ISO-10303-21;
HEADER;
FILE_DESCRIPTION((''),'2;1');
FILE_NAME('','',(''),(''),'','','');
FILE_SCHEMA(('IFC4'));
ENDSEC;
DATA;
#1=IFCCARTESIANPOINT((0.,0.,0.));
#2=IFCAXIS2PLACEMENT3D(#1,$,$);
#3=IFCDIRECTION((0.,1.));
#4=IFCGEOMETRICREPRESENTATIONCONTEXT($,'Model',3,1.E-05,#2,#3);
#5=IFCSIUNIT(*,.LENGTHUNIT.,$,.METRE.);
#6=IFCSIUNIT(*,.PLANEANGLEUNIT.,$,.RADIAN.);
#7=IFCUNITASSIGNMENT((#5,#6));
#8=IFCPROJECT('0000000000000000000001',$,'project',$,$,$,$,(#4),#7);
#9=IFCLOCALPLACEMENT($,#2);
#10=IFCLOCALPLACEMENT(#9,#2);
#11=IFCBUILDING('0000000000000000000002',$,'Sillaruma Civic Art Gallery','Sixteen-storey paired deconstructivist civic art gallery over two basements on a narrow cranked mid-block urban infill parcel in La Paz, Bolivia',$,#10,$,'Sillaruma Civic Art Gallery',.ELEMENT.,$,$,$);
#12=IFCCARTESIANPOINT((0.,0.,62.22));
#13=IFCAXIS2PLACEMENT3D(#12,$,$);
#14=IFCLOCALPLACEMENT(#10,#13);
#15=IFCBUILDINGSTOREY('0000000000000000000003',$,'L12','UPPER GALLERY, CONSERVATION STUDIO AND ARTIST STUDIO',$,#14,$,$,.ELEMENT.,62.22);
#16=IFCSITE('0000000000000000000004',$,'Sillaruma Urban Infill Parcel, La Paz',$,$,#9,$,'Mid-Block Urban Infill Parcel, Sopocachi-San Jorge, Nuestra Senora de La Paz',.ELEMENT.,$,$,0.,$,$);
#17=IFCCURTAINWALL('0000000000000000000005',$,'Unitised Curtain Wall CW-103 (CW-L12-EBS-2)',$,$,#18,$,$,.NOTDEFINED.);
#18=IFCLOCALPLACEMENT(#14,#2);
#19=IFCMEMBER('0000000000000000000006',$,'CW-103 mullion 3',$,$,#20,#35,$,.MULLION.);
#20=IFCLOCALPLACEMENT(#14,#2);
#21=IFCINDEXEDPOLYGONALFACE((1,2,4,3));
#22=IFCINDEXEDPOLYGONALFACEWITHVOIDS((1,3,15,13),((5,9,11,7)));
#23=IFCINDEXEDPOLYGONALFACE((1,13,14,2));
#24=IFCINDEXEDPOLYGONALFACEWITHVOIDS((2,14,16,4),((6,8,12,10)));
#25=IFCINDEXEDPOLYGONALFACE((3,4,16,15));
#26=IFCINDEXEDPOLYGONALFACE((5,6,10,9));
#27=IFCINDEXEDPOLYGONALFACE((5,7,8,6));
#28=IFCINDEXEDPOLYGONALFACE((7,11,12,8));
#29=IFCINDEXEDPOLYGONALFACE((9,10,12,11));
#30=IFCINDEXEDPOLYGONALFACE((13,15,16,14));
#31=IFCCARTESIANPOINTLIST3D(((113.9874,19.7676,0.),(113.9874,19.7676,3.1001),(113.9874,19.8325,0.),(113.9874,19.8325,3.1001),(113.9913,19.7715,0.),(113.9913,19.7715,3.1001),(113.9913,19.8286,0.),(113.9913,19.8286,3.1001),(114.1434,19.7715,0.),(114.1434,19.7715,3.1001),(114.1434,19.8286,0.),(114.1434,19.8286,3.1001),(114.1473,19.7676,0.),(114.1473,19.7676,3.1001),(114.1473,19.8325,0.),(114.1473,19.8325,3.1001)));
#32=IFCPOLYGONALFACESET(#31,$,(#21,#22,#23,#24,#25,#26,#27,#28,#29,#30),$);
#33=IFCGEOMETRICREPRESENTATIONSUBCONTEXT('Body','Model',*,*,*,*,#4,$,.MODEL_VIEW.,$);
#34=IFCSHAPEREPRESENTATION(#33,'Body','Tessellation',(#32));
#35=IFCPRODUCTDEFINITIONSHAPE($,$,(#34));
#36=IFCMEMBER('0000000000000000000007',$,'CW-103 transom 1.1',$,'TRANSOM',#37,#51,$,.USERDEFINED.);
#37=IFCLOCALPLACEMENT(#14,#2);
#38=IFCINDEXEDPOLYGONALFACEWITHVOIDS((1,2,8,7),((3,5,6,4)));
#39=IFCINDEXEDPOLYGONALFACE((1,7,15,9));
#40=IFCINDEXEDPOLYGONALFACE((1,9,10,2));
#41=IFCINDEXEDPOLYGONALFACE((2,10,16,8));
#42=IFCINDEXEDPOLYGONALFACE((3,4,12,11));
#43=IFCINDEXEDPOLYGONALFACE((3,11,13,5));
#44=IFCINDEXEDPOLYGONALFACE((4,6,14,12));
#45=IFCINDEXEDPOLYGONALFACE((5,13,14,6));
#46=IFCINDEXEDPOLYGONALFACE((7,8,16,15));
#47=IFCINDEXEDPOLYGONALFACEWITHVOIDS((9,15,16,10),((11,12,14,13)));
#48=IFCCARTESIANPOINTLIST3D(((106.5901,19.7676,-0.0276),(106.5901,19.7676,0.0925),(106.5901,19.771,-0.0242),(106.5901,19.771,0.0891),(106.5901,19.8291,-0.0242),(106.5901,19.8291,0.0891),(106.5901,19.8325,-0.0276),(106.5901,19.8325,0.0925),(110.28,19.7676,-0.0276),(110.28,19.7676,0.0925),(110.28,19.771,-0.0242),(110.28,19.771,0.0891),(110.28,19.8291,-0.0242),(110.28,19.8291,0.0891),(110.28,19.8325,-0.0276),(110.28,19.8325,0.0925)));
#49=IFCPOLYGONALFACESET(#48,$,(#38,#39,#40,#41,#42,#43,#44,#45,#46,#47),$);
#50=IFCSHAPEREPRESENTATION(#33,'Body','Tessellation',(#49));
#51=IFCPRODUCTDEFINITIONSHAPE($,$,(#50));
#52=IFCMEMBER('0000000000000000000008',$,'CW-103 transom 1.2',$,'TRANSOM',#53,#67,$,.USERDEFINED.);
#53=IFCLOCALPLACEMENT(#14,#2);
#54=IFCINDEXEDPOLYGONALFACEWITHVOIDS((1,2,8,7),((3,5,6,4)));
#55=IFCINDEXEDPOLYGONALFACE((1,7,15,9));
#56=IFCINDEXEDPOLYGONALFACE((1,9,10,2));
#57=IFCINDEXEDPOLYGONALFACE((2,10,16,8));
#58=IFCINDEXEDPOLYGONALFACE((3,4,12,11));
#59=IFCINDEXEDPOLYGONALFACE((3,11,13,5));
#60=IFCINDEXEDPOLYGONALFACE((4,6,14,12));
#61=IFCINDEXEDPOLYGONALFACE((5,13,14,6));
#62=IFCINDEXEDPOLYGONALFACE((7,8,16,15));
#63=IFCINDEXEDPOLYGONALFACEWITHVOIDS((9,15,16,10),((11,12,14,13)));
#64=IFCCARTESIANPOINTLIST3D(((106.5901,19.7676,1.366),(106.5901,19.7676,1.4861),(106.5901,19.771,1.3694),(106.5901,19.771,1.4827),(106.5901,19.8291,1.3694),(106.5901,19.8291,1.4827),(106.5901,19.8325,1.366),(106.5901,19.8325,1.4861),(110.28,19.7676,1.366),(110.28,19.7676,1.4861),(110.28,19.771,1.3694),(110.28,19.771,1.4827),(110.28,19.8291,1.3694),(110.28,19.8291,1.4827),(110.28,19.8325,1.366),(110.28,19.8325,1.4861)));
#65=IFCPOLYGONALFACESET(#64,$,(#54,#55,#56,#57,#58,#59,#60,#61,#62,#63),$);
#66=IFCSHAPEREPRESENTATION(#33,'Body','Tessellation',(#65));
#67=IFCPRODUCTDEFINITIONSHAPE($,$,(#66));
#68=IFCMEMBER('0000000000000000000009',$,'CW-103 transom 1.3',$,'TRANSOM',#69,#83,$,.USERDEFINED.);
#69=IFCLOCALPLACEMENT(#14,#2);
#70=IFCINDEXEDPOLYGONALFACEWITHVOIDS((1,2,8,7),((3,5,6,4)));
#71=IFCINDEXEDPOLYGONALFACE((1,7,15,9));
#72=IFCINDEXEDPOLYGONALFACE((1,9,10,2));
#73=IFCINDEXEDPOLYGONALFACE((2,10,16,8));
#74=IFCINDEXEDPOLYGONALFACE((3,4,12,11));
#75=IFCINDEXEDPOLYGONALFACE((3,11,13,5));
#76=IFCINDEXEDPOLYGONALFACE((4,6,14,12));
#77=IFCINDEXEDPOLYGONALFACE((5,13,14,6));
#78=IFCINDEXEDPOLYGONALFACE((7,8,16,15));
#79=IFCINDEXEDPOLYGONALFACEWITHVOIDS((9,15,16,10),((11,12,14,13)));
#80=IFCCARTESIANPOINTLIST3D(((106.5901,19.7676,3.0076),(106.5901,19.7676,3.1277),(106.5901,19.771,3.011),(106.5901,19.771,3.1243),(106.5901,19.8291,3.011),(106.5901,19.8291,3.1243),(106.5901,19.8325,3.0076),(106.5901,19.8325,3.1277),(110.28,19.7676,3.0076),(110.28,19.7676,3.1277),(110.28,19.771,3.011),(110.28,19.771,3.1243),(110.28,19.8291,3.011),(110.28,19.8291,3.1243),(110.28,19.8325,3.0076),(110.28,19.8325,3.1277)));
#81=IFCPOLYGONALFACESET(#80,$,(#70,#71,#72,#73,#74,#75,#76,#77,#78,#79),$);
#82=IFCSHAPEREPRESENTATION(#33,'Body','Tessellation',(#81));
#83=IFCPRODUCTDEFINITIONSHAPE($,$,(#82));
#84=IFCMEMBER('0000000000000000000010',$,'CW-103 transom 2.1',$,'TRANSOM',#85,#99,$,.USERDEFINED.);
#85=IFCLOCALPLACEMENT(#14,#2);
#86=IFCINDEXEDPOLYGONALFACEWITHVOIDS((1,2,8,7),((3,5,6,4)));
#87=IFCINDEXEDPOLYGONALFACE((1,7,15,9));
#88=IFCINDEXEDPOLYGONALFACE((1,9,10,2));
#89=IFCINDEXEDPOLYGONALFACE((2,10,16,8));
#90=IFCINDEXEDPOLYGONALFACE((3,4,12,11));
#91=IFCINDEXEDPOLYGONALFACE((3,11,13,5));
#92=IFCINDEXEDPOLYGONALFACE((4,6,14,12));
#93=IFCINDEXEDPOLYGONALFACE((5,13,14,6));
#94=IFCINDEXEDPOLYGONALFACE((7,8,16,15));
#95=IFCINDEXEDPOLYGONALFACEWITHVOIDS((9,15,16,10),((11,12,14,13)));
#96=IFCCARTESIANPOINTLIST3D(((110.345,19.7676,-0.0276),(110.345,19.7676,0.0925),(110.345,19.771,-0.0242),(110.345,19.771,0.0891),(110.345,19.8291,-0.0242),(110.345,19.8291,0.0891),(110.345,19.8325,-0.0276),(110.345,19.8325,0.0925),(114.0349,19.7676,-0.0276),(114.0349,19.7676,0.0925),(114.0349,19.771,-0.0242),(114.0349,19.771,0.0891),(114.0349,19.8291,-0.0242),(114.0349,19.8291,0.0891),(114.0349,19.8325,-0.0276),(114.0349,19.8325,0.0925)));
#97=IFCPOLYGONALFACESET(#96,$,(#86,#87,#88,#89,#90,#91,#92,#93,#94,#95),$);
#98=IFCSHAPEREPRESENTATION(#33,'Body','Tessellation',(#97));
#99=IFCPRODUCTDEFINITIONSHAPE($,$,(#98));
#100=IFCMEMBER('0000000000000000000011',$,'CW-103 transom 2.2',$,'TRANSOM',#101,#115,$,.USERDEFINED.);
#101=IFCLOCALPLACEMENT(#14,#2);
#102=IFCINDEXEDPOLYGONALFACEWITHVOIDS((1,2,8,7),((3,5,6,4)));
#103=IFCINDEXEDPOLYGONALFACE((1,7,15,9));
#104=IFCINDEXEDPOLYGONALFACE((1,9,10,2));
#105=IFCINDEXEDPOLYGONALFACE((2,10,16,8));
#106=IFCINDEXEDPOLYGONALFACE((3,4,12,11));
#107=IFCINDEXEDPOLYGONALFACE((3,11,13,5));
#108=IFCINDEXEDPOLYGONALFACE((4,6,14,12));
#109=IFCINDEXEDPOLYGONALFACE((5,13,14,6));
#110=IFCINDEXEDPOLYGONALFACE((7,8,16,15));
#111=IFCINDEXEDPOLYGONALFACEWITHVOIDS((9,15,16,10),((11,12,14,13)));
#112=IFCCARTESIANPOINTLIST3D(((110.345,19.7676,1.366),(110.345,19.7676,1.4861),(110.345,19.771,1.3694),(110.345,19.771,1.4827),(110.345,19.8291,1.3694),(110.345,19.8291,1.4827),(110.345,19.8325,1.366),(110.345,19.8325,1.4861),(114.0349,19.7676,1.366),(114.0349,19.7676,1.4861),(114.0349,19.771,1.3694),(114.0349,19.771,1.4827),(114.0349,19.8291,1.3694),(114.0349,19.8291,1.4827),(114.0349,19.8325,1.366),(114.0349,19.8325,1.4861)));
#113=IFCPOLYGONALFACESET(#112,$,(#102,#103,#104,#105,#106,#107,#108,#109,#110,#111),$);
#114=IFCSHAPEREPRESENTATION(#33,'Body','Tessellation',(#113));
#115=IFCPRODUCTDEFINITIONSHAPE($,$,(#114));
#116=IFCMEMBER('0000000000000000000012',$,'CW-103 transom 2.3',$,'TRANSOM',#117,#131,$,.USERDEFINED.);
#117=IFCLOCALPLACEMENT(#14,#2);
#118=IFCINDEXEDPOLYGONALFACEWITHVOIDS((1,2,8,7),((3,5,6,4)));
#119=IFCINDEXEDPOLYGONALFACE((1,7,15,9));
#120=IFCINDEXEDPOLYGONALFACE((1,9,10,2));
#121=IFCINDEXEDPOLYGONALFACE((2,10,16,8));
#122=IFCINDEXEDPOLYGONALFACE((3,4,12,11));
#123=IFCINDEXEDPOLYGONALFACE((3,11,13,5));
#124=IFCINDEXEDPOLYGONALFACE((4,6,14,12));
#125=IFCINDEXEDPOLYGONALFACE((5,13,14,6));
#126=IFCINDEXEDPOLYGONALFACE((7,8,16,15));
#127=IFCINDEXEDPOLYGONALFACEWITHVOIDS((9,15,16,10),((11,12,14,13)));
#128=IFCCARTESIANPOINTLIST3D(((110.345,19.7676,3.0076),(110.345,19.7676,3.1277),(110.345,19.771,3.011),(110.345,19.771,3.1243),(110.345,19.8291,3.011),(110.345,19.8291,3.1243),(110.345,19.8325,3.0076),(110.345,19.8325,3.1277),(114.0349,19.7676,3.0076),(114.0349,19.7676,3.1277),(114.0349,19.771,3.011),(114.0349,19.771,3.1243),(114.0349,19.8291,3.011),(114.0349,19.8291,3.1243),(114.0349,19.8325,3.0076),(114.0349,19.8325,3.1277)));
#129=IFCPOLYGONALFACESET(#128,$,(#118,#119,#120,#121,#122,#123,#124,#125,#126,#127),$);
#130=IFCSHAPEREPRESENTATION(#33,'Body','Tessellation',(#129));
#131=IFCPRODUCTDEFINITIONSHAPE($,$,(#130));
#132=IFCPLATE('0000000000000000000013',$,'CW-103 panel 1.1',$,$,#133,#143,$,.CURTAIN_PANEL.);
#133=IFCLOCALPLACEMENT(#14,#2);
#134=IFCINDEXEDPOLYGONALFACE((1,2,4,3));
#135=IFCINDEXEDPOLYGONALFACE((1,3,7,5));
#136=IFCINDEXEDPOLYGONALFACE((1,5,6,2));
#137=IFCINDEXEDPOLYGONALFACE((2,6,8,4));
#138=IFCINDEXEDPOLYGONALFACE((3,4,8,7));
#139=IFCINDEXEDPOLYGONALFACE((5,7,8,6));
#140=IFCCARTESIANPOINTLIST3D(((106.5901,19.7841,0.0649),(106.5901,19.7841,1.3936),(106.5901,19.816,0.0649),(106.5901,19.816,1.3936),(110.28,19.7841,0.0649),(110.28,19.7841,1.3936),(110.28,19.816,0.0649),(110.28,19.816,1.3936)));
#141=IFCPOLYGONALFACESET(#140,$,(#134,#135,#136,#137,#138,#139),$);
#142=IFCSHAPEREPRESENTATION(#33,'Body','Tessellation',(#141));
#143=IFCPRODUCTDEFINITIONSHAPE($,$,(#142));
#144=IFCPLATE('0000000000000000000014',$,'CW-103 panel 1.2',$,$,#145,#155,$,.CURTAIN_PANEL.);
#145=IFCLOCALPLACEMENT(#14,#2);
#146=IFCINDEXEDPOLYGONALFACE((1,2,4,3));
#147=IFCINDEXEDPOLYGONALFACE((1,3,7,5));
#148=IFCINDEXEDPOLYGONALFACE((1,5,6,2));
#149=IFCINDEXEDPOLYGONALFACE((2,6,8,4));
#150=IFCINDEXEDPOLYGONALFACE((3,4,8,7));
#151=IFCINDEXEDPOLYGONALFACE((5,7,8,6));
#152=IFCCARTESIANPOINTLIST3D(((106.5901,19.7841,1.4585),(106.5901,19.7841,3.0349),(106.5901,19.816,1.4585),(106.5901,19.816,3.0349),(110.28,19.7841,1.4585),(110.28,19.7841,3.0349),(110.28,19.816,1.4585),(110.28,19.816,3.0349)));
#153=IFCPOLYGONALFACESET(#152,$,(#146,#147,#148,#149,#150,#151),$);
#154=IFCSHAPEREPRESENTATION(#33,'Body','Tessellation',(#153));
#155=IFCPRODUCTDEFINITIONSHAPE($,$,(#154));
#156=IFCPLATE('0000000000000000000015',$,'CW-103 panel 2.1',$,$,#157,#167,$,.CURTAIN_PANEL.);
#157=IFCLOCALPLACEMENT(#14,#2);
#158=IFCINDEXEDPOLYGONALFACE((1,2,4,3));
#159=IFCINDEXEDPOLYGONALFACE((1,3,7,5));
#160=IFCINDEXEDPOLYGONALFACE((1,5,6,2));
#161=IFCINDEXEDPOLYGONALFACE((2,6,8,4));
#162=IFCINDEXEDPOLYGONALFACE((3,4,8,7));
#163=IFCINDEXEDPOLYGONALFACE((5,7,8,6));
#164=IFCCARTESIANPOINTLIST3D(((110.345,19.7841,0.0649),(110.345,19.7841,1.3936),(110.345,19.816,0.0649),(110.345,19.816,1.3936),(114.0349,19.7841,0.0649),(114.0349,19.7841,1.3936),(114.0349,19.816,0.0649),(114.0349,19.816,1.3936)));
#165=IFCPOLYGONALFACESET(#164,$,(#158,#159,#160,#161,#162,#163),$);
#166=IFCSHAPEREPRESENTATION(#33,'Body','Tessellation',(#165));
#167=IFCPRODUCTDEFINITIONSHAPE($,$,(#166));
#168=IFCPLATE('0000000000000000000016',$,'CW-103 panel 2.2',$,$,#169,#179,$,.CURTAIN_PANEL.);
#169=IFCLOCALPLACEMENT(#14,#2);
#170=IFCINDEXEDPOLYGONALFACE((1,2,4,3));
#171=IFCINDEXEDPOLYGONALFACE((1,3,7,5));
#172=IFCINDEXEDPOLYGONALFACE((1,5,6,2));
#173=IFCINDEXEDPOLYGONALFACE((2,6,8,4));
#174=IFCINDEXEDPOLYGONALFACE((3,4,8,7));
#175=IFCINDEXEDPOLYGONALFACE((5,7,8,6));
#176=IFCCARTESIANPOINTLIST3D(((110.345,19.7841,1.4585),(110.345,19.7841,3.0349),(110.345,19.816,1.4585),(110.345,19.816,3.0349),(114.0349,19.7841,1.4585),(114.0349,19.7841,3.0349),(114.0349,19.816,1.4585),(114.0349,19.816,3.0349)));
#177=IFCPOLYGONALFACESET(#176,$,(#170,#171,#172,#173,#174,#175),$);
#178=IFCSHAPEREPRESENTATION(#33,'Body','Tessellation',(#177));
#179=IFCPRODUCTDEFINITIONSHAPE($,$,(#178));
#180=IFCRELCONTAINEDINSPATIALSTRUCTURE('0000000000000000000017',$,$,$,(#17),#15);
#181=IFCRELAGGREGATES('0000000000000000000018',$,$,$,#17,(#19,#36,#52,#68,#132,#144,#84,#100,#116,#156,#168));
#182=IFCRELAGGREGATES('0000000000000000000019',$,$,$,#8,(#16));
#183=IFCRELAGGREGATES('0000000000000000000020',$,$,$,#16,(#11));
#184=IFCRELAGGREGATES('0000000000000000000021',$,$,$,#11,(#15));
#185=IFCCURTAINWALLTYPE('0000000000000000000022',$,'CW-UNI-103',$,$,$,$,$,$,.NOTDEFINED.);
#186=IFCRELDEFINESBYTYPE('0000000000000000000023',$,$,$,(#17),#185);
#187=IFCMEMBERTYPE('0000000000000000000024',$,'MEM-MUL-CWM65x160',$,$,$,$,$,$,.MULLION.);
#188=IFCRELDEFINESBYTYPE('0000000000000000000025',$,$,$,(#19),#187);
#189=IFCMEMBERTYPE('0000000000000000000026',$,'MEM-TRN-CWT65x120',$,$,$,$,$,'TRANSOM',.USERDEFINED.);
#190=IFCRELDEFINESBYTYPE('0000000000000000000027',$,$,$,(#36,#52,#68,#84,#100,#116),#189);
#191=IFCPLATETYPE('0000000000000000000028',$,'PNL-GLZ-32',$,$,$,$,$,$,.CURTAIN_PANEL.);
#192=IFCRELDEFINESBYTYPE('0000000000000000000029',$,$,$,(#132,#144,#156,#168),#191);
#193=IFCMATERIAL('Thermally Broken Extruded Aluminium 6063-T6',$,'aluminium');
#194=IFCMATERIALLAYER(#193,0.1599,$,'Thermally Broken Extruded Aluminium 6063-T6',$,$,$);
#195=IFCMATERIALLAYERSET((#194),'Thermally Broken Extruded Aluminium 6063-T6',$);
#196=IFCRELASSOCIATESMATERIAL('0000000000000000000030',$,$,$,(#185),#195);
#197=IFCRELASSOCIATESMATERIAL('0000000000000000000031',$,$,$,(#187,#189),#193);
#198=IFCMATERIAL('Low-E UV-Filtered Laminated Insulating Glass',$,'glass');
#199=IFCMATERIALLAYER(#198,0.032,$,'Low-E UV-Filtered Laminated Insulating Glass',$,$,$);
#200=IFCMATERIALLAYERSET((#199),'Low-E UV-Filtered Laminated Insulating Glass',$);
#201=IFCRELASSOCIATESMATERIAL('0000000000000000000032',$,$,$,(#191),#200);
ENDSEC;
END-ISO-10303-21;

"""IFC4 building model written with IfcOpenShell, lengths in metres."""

from ifc_helpers import new_model, si_unit, direction, frame, origin, origin_2d, place, context, subcontext, project, spatial, rectangle, hollow_rectangle, extrude, material, layer, layer_set, material_profile, profile_set, type_object, element, aggregate, save


model = new_model("IFC4")

# Units and contexts
model_context = context("Model", 3, precision=1e-05, world=origin(), true_north=direction((0.0, 1.0)))
body_context = subcontext(model_context, "Body", "Model", "MODEL_VIEW")
ifc_project = project(units=[si_unit("LENGTHUNIT", "METRE"), si_unit("PLANEANGLEUNIT", "RADIAN")], contexts=[model_context])

# Site, building, storey
site_placement = place(None, origin())
site = spatial("IfcSite", under=ifc_project, at=site_placement, Name="Sillaruma Urban Infill Parcel, La Paz", LongName="Mid-Block Urban Infill Parcel, Sopocachi-San Jorge, Nuestra Senora de La Paz", CompositionType="ELEMENT", RefElevation=0.0)
building_placement = place(site_placement, origin())
building = spatial("IfcBuilding", under=site, at=building_placement, Name="Sillaruma Civic Art Gallery", Description="Sixteen-storey paired deconstructivist civic art gallery over two basements on a narrow cranked mid-block urban infill parcel in La Paz, Bolivia", LongName="Sillaruma Civic Art Gallery", CompositionType="ELEMENT")
storey_placement = place(building_placement, frame((0.0, 0.0, 62.22)))
storey = spatial("IfcBuildingStorey", under=building, at=storey_placement, Name="L12", Description="UPPER GALLERY, CONSERVATION STUDIO AND ARTIST STUDIO", CompositionType="ELEMENT", Elevation=62.22)

# Curtain wall, members, plates
ifc_material_1 = material(Name="Thermally Broken Extruded Aluminium 6063-T6", Category="aluminium")
ifc_layer_1 = layer(ifc_material_1, 0.1599, Name="Thermally Broken Extruded Aluminium 6063-T6")
ifc_layer_set_1 = layer_set([ifc_layer_1], Name="Thermally Broken Extruded Aluminium 6063-T6")
curtain_wall_type = type_object("IfcCurtainWallType", Name="CW-UNI-103", PredefinedType="NOTDEFINED", material=ifc_layer_set_1)
curtain_wall_placement = place(storey_placement, origin())
curtain_wall = element("IfcCurtainWall", 1, at=curtain_wall_placement, inside=storey, type_object=curtain_wall_type, Name="Unitised Curtain Wall CW-103 (CW-L12-EBS-2)", PredefinedType="NOTDEFINED")
ifc_material_profile_1 = material_profile(ifc_material_1, hollow_rectangle(XDim=0.0649, YDim=0.1599, WallThickness=0.0039, at=origin_2d()), Name="CWM65x160")
ifc_profile_set_1 = profile_set([ifc_material_profile_1], Name="Thermally Broken Extruded Aluminium 6063-T6")
member_type_1 = type_object("IfcMemberType", Name="MEM-MUL-CWM65x160", PredefinedType="MULLION", material=ifc_profile_set_1)
member_1_placement = place(storey_placement, frame((114.0674, 19.8, 0.0), z_axis=(0.0, 0.0, 1.0), x_axis=(0.0, 1.0, 0.0)))
member_1 = element("IfcMember", 2, at=member_1_placement, type_object=member_type_1, Name="CW-103 mullion 3", PredefinedType="MULLION", context=body_context, shape_type="SweptSolid", body=[
    extrude(hollow_rectangle(XDim=0.0649, YDim=0.1599, WallThickness=0.0039, at=origin_2d()), origin(), (0.0, 0.0, 1.0), 3.1001),
])
ifc_material_profile_2 = material_profile(ifc_material_1, hollow_rectangle(XDim=0.0649, YDim=0.1201, WallThickness=0.0034, at=origin_2d()), Name="CWT65x120")
ifc_profile_set_2 = profile_set([ifc_material_profile_2], Name="Thermally Broken Extruded Aluminium 6063-T6")
member_type_2 = type_object("IfcMemberType", Name="MEM-TRN-CWT65x120", ElementType="TRANSOM", PredefinedType="USERDEFINED", material=ifc_profile_set_2)
member_2_placement = place(storey_placement, frame((106.5901, 19.8, 0.0325), z_axis=(1.0, 0.0, 0.0), x_axis=(0.0, 1.0, 0.0)))
member_2 = element("IfcMember", 3, at=member_2_placement, type_object=member_type_2, Name="CW-103 transom 1.1", ObjectType="TRANSOM", PredefinedType="USERDEFINED", context=body_context, shape_type="SweptSolid", body=[
    extrude(hollow_rectangle(XDim=0.0649, YDim=0.1201, WallThickness=0.0034, at=origin_2d()), origin(), (0.0, 0.0, 1.0), 3.6899),
])
member_3_placement = place(storey_placement, frame((106.5901, 19.8, 1.426), z_axis=(1.0, 0.0, 0.0), x_axis=(0.0, 1.0, 0.0)))
member_3 = element("IfcMember", 4, at=member_3_placement, type_object=member_type_2, Name="CW-103 transom 1.2", ObjectType="TRANSOM", PredefinedType="USERDEFINED", context=body_context, shape_type="SweptSolid", body=[
    extrude(hollow_rectangle(XDim=0.0649, YDim=0.1201, WallThickness=0.0034, at=origin_2d()), origin(), (0.0, 0.0, 1.0), 3.6899),
])
member_4_placement = place(storey_placement, frame((106.5901, 19.8, 3.0676), z_axis=(1.0, 0.0, 0.0), x_axis=(0.0, 1.0, 0.0)))
member_4 = element("IfcMember", 5, at=member_4_placement, type_object=member_type_2, Name="CW-103 transom 1.3", ObjectType="TRANSOM", PredefinedType="USERDEFINED", context=body_context, shape_type="SweptSolid", body=[
    extrude(hollow_rectangle(XDim=0.0649, YDim=0.1201, WallThickness=0.0034, at=origin_2d()), origin(), (0.0, 0.0, 1.0), 3.6899),
])
member_5_placement = place(storey_placement, frame((110.345, 19.8, 0.0325), z_axis=(1.0, 0.0, 0.0), x_axis=(0.0, 1.0, 0.0)))
member_5 = element("IfcMember", 6, at=member_5_placement, type_object=member_type_2, Name="CW-103 transom 2.1", ObjectType="TRANSOM", PredefinedType="USERDEFINED", context=body_context, shape_type="SweptSolid", body=[
    extrude(hollow_rectangle(XDim=0.0649, YDim=0.1201, WallThickness=0.0034, at=origin_2d()), origin(), (0.0, 0.0, 1.0), 3.6899),
])
member_6_placement = place(storey_placement, frame((110.345, 19.8, 1.426), z_axis=(1.0, 0.0, 0.0), x_axis=(0.0, 1.0, 0.0)))
member_6 = element("IfcMember", 7, at=member_6_placement, type_object=member_type_2, Name="CW-103 transom 2.2", ObjectType="TRANSOM", PredefinedType="USERDEFINED", context=body_context, shape_type="SweptSolid", body=[
    extrude(hollow_rectangle(XDim=0.0649, YDim=0.1201, WallThickness=0.0034, at=origin_2d()), origin(), (0.0, 0.0, 1.0), 3.6899),
])
member_7_placement = place(storey_placement, frame((110.345, 19.8, 3.0676), z_axis=(1.0, 0.0, 0.0), x_axis=(0.0, 1.0, 0.0)))
member_7 = element("IfcMember", 8, at=member_7_placement, type_object=member_type_2, Name="CW-103 transom 2.3", ObjectType="TRANSOM", PredefinedType="USERDEFINED", context=body_context, shape_type="SweptSolid", body=[
    extrude(hollow_rectangle(XDim=0.0649, YDim=0.1201, WallThickness=0.0034, at=origin_2d()), origin(), (0.0, 0.0, 1.0), 3.6899),
])
ifc_material_2 = material(Name="Low-E UV-Filtered Laminated Insulating Glass", Category="glass")
ifc_layer_2 = layer(ifc_material_2, 0.032, Name="Low-E UV-Filtered Laminated Insulating Glass")
ifc_layer_set_2 = layer_set([ifc_layer_2], Name="Low-E UV-Filtered Laminated Insulating Glass")
plate_type = type_object("IfcPlateType", Name="PNL-GLZ-32", PredefinedType="CURTAIN_PANEL", material=ifc_layer_set_2)
plate_1_placement = place(storey_placement, frame((108.4351, 19.8, 0.0649), z_axis=(0.0, 0.0, 1.0), x_axis=(1.0, 0.0, 0.0)))
plate_1 = element("IfcPlate", 9, at=plate_1_placement, type_object=plate_type, Name="CW-103 panel 1.1", PredefinedType="CURTAIN_PANEL", context=body_context, shape_type="SweptSolid", body=[
    extrude(rectangle(XDim=3.6899, YDim=0.032, at=origin_2d()), origin(), (0.0, 0.0, 1.0), 1.3286),
])
plate_2_placement = place(storey_placement, frame((108.4351, 19.8, 1.4585), z_axis=(0.0, 0.0, 1.0), x_axis=(1.0, 0.0, 0.0)))
plate_2 = element("IfcPlate", 10, at=plate_2_placement, type_object=plate_type, Name="CW-103 panel 1.2", PredefinedType="CURTAIN_PANEL", context=body_context, shape_type="SweptSolid", body=[
    extrude(rectangle(XDim=3.6899, YDim=0.032, at=origin_2d()), origin(), (0.0, 0.0, 1.0), 1.5764),
])
plate_3_placement = place(storey_placement, frame((112.1899, 19.8, 0.0649), z_axis=(0.0, 0.0, 1.0), x_axis=(1.0, 0.0, 0.0)))
plate_3 = element("IfcPlate", 11, at=plate_3_placement, type_object=plate_type, Name="CW-103 panel 2.1", PredefinedType="CURTAIN_PANEL", context=body_context, shape_type="SweptSolid", body=[
    extrude(rectangle(XDim=3.6899, YDim=0.032, at=origin_2d()), origin(), (0.0, 0.0, 1.0), 1.3286),
])
plate_4_placement = place(storey_placement, frame((112.1899, 19.8, 1.4585), z_axis=(0.0, 0.0, 1.0), x_axis=(1.0, 0.0, 0.0)))
plate_4 = element("IfcPlate", 12, at=plate_4_placement, type_object=plate_type, Name="CW-103 panel 2.2", PredefinedType="CURTAIN_PANEL", context=body_context, shape_type="SweptSolid", body=[
    extrude(rectangle(XDim=3.6899, YDim=0.032, at=origin_2d()), origin(), (0.0, 0.0, 1.0), 1.5764),
])
aggregate(curtain_wall, [member_1, member_2, member_3, member_4, plate_1, plate_2, member_5, member_6, member_7, plate_3, plate_4])

save(model, "model.ifc")
